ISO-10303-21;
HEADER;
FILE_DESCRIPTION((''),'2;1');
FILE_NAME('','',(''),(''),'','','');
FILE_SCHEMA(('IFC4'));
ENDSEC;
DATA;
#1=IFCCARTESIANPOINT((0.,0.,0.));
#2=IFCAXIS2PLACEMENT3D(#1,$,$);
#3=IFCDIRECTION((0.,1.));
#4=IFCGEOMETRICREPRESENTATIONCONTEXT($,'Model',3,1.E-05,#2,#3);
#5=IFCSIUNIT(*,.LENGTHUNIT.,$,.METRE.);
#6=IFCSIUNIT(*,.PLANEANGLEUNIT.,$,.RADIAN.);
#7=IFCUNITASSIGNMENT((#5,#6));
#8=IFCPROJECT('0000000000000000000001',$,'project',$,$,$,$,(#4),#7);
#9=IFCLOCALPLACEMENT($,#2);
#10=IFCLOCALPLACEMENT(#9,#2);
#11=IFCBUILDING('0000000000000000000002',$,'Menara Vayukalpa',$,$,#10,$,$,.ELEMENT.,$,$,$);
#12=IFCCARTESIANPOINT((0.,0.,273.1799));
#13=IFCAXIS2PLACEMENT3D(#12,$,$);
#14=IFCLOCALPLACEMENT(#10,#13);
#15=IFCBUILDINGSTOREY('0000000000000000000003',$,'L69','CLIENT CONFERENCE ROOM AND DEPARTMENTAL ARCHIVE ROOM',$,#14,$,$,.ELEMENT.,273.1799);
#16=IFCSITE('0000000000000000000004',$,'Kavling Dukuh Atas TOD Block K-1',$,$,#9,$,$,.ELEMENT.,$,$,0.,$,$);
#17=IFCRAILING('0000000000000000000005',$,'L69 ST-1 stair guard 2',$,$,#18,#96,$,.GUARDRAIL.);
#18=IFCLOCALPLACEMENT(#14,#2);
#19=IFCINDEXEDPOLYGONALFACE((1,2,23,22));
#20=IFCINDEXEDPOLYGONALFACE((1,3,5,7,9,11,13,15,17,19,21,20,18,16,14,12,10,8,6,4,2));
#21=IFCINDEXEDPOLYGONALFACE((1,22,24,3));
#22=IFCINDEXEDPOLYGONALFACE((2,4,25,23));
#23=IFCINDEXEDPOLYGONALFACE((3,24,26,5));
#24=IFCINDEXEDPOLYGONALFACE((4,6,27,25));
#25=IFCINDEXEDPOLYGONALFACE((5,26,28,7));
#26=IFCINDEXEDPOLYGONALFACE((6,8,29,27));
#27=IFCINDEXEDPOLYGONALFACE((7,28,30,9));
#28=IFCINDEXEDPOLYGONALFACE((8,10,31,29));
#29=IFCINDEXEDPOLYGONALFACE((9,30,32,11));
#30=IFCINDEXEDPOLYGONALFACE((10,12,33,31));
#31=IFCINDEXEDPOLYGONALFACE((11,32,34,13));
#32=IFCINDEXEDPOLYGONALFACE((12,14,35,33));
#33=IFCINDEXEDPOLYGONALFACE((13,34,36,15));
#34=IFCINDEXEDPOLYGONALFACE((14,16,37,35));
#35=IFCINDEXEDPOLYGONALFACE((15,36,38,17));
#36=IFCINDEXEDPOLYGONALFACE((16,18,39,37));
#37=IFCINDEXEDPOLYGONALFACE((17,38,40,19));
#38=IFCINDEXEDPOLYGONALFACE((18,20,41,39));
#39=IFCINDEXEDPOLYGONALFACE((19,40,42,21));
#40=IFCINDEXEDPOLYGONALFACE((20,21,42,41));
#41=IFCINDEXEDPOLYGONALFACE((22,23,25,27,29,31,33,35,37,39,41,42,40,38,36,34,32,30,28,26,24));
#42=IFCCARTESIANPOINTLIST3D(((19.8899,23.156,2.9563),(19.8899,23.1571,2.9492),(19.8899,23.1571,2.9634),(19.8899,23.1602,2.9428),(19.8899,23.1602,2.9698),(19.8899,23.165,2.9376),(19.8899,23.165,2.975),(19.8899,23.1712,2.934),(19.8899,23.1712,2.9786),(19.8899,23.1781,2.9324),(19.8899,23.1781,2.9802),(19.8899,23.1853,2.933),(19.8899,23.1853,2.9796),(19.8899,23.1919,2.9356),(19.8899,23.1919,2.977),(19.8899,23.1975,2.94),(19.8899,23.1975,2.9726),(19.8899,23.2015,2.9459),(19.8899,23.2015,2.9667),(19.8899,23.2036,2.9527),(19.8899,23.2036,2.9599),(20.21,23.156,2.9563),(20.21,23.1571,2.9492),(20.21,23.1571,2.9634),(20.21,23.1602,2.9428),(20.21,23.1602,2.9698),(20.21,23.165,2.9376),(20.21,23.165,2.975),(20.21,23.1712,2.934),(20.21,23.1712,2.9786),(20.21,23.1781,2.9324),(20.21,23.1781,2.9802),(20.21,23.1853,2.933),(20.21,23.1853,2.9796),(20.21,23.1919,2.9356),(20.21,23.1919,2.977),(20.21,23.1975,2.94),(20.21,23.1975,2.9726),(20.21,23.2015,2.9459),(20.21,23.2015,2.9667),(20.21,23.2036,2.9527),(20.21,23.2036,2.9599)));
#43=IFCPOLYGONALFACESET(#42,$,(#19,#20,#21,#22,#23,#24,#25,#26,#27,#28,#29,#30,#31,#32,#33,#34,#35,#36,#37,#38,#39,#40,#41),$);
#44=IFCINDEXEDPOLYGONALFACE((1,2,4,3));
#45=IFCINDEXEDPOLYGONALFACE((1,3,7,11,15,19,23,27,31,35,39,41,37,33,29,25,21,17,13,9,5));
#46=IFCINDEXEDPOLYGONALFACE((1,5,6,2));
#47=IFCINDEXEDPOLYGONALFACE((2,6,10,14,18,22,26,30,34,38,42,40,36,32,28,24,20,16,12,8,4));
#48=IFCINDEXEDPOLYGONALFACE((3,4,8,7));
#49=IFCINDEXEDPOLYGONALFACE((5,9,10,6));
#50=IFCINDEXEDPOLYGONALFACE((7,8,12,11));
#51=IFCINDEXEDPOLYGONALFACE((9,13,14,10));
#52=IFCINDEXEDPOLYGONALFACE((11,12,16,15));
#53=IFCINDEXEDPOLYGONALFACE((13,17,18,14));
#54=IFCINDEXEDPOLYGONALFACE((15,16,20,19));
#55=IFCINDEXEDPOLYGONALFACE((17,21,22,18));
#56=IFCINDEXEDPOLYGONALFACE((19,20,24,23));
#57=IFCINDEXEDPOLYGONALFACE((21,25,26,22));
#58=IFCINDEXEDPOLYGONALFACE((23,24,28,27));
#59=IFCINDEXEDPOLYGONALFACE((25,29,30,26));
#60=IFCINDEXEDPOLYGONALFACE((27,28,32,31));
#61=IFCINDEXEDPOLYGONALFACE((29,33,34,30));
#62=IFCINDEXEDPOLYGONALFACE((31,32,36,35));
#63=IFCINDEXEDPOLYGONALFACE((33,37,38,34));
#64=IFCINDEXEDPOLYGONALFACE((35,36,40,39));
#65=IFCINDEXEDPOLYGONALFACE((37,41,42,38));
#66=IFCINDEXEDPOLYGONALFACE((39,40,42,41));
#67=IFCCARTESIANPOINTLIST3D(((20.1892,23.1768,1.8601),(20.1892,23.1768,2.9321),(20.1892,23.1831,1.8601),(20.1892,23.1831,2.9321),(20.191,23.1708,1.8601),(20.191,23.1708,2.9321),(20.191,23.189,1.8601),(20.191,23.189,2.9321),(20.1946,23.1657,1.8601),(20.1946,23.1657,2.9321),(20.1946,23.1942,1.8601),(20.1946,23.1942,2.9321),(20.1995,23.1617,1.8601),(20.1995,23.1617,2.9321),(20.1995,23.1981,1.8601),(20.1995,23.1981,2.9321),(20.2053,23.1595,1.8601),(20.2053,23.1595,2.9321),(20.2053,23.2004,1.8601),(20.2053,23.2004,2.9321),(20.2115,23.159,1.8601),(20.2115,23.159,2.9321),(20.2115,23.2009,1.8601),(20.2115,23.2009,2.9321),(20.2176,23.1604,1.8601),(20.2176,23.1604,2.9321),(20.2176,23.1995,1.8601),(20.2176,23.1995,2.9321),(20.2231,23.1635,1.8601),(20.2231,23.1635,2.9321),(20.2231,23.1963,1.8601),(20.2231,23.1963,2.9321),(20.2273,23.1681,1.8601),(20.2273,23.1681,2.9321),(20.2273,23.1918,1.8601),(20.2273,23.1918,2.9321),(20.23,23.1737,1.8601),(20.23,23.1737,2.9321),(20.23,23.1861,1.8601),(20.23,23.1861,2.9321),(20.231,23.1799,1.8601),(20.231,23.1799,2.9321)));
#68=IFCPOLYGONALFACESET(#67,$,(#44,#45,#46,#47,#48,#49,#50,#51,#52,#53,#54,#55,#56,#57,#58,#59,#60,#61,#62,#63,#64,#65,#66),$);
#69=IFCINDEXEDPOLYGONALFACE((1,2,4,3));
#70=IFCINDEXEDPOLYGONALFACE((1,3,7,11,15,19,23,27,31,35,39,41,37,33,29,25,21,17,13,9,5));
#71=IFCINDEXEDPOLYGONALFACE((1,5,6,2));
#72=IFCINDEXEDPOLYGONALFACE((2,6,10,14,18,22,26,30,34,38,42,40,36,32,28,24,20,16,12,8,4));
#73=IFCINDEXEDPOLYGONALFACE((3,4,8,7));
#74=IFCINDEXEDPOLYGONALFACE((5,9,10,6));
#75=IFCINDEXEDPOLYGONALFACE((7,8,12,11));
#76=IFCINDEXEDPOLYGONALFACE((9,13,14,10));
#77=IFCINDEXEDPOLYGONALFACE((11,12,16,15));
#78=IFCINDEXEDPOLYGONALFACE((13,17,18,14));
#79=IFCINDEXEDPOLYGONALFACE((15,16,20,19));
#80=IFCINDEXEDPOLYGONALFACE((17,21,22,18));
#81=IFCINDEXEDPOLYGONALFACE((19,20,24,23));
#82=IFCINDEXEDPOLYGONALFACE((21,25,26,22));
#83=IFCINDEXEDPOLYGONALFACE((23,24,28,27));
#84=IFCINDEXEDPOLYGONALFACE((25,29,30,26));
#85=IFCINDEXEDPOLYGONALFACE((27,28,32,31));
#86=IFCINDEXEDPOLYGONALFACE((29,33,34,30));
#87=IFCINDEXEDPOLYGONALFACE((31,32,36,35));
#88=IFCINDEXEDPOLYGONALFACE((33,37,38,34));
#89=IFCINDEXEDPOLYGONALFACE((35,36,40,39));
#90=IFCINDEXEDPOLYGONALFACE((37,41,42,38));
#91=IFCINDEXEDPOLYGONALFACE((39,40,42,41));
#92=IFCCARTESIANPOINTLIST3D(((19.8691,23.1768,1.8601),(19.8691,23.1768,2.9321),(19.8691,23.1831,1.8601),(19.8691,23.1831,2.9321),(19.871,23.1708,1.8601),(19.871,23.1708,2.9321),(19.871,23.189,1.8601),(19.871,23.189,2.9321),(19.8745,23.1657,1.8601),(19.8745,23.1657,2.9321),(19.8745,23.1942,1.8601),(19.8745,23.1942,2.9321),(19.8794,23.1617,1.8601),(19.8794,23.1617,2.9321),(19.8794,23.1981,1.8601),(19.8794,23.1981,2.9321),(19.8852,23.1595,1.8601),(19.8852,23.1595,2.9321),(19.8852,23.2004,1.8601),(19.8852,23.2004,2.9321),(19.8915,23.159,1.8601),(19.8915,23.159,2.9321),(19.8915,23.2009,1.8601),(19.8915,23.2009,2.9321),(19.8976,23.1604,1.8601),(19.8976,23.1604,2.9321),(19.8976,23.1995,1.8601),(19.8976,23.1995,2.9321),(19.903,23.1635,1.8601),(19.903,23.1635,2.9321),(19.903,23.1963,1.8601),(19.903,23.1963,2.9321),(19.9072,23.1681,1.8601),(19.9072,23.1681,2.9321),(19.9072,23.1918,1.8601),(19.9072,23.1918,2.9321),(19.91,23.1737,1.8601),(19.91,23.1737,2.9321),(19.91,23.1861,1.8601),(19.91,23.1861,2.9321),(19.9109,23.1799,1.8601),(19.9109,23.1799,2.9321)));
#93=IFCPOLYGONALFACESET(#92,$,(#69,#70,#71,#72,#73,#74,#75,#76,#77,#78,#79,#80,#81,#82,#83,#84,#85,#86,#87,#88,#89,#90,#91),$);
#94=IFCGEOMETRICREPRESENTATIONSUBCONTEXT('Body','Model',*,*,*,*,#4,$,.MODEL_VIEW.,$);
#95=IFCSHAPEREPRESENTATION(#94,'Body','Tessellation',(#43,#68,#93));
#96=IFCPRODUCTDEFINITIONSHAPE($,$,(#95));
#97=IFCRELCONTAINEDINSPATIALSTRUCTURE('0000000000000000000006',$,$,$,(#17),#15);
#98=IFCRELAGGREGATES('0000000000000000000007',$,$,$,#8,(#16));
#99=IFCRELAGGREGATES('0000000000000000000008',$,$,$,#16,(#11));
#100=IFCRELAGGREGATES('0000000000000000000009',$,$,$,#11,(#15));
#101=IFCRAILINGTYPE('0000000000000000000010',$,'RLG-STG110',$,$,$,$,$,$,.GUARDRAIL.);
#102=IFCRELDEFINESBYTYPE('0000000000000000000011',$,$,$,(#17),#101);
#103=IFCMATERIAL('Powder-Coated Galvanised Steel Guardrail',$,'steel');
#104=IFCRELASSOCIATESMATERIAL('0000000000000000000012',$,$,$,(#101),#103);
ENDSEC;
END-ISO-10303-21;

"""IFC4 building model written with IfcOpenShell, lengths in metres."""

from ifc_helpers import new_model, si_unit, direction, frame, origin, origin_2d, place, context, subcontext, project, spatial, circle, extrude, material, type_object, element, save


model = new_model("IFC4")

# Units and contexts
model_context = context("Model", 3, precision=1e-05, world=origin(), true_north=direction((0.0, 1.0)))
body_context = subcontext(model_context, "Body", "Model", "MODEL_VIEW")
ifc_project = project(units=[si_unit("LENGTHUNIT", "METRE"), si_unit("PLANEANGLEUNIT", "RADIAN")], contexts=[model_context])

# Site, building, storey
site_placement = place(None, origin())
site = spatial("IfcSite", under=ifc_project, at=site_placement, Name="Kavling Dukuh Atas TOD Block K-1", CompositionType="ELEMENT", RefElevation=0.0)
building_placement = place(site_placement, origin())
building = spatial("IfcBuilding", under=site, at=building_placement, Name="Menara Vayukalpa", CompositionType="ELEMENT")
storey_placement = place(building_placement, frame((0.0, 0.0, 273.1799)))
storey = spatial("IfcBuildingStorey", under=building, at=storey_placement, Name="L69", Description="CLIENT CONFERENCE ROOM AND DEPARTMENTAL ARCHIVE ROOM", CompositionType="ELEMENT", Elevation=273.1799)

# Railing
ifc_material_1 = material(Name="Powder-Coated Galvanised Steel Guardrail", Category="steel")
railing_type_1 = type_object("IfcRailingType", Name="RLG-STG110", PredefinedType="GUARDRAIL", material=ifc_material_1)
railing_1_placement = place(storey_placement, frame((20.21, 23.1799, 1.8601)))
element("IfcRailing", 1, at=railing_1_placement, inside=storey, type_object=railing_type_1, Name="L69 ST-1 stair guard 2", PredefinedType="GUARDRAIL", context=body_context, shape_type="SweptSolid", body=[
    extrude(circle(Radius=0.0239, at=origin_2d()), frame((0.0, 0.0, 1.0962), z_axis=(-1.0, 0.0, 0.0), x_axis=(0.0, -1.0, 0.0)), (0.0, 0.0, 1.0), 0.3201),
    extrude(circle(Radius=0.021, at=origin_2d()), origin(), (0.0, 0.0, 1.0), 1.072),
    extrude(circle(Radius=0.021, at=origin_2d()), frame((-0.3201, 0.0, 0.0)), (0.0, 0.0, 1.0), 1.072),
])

save(model, "model.ifc")
